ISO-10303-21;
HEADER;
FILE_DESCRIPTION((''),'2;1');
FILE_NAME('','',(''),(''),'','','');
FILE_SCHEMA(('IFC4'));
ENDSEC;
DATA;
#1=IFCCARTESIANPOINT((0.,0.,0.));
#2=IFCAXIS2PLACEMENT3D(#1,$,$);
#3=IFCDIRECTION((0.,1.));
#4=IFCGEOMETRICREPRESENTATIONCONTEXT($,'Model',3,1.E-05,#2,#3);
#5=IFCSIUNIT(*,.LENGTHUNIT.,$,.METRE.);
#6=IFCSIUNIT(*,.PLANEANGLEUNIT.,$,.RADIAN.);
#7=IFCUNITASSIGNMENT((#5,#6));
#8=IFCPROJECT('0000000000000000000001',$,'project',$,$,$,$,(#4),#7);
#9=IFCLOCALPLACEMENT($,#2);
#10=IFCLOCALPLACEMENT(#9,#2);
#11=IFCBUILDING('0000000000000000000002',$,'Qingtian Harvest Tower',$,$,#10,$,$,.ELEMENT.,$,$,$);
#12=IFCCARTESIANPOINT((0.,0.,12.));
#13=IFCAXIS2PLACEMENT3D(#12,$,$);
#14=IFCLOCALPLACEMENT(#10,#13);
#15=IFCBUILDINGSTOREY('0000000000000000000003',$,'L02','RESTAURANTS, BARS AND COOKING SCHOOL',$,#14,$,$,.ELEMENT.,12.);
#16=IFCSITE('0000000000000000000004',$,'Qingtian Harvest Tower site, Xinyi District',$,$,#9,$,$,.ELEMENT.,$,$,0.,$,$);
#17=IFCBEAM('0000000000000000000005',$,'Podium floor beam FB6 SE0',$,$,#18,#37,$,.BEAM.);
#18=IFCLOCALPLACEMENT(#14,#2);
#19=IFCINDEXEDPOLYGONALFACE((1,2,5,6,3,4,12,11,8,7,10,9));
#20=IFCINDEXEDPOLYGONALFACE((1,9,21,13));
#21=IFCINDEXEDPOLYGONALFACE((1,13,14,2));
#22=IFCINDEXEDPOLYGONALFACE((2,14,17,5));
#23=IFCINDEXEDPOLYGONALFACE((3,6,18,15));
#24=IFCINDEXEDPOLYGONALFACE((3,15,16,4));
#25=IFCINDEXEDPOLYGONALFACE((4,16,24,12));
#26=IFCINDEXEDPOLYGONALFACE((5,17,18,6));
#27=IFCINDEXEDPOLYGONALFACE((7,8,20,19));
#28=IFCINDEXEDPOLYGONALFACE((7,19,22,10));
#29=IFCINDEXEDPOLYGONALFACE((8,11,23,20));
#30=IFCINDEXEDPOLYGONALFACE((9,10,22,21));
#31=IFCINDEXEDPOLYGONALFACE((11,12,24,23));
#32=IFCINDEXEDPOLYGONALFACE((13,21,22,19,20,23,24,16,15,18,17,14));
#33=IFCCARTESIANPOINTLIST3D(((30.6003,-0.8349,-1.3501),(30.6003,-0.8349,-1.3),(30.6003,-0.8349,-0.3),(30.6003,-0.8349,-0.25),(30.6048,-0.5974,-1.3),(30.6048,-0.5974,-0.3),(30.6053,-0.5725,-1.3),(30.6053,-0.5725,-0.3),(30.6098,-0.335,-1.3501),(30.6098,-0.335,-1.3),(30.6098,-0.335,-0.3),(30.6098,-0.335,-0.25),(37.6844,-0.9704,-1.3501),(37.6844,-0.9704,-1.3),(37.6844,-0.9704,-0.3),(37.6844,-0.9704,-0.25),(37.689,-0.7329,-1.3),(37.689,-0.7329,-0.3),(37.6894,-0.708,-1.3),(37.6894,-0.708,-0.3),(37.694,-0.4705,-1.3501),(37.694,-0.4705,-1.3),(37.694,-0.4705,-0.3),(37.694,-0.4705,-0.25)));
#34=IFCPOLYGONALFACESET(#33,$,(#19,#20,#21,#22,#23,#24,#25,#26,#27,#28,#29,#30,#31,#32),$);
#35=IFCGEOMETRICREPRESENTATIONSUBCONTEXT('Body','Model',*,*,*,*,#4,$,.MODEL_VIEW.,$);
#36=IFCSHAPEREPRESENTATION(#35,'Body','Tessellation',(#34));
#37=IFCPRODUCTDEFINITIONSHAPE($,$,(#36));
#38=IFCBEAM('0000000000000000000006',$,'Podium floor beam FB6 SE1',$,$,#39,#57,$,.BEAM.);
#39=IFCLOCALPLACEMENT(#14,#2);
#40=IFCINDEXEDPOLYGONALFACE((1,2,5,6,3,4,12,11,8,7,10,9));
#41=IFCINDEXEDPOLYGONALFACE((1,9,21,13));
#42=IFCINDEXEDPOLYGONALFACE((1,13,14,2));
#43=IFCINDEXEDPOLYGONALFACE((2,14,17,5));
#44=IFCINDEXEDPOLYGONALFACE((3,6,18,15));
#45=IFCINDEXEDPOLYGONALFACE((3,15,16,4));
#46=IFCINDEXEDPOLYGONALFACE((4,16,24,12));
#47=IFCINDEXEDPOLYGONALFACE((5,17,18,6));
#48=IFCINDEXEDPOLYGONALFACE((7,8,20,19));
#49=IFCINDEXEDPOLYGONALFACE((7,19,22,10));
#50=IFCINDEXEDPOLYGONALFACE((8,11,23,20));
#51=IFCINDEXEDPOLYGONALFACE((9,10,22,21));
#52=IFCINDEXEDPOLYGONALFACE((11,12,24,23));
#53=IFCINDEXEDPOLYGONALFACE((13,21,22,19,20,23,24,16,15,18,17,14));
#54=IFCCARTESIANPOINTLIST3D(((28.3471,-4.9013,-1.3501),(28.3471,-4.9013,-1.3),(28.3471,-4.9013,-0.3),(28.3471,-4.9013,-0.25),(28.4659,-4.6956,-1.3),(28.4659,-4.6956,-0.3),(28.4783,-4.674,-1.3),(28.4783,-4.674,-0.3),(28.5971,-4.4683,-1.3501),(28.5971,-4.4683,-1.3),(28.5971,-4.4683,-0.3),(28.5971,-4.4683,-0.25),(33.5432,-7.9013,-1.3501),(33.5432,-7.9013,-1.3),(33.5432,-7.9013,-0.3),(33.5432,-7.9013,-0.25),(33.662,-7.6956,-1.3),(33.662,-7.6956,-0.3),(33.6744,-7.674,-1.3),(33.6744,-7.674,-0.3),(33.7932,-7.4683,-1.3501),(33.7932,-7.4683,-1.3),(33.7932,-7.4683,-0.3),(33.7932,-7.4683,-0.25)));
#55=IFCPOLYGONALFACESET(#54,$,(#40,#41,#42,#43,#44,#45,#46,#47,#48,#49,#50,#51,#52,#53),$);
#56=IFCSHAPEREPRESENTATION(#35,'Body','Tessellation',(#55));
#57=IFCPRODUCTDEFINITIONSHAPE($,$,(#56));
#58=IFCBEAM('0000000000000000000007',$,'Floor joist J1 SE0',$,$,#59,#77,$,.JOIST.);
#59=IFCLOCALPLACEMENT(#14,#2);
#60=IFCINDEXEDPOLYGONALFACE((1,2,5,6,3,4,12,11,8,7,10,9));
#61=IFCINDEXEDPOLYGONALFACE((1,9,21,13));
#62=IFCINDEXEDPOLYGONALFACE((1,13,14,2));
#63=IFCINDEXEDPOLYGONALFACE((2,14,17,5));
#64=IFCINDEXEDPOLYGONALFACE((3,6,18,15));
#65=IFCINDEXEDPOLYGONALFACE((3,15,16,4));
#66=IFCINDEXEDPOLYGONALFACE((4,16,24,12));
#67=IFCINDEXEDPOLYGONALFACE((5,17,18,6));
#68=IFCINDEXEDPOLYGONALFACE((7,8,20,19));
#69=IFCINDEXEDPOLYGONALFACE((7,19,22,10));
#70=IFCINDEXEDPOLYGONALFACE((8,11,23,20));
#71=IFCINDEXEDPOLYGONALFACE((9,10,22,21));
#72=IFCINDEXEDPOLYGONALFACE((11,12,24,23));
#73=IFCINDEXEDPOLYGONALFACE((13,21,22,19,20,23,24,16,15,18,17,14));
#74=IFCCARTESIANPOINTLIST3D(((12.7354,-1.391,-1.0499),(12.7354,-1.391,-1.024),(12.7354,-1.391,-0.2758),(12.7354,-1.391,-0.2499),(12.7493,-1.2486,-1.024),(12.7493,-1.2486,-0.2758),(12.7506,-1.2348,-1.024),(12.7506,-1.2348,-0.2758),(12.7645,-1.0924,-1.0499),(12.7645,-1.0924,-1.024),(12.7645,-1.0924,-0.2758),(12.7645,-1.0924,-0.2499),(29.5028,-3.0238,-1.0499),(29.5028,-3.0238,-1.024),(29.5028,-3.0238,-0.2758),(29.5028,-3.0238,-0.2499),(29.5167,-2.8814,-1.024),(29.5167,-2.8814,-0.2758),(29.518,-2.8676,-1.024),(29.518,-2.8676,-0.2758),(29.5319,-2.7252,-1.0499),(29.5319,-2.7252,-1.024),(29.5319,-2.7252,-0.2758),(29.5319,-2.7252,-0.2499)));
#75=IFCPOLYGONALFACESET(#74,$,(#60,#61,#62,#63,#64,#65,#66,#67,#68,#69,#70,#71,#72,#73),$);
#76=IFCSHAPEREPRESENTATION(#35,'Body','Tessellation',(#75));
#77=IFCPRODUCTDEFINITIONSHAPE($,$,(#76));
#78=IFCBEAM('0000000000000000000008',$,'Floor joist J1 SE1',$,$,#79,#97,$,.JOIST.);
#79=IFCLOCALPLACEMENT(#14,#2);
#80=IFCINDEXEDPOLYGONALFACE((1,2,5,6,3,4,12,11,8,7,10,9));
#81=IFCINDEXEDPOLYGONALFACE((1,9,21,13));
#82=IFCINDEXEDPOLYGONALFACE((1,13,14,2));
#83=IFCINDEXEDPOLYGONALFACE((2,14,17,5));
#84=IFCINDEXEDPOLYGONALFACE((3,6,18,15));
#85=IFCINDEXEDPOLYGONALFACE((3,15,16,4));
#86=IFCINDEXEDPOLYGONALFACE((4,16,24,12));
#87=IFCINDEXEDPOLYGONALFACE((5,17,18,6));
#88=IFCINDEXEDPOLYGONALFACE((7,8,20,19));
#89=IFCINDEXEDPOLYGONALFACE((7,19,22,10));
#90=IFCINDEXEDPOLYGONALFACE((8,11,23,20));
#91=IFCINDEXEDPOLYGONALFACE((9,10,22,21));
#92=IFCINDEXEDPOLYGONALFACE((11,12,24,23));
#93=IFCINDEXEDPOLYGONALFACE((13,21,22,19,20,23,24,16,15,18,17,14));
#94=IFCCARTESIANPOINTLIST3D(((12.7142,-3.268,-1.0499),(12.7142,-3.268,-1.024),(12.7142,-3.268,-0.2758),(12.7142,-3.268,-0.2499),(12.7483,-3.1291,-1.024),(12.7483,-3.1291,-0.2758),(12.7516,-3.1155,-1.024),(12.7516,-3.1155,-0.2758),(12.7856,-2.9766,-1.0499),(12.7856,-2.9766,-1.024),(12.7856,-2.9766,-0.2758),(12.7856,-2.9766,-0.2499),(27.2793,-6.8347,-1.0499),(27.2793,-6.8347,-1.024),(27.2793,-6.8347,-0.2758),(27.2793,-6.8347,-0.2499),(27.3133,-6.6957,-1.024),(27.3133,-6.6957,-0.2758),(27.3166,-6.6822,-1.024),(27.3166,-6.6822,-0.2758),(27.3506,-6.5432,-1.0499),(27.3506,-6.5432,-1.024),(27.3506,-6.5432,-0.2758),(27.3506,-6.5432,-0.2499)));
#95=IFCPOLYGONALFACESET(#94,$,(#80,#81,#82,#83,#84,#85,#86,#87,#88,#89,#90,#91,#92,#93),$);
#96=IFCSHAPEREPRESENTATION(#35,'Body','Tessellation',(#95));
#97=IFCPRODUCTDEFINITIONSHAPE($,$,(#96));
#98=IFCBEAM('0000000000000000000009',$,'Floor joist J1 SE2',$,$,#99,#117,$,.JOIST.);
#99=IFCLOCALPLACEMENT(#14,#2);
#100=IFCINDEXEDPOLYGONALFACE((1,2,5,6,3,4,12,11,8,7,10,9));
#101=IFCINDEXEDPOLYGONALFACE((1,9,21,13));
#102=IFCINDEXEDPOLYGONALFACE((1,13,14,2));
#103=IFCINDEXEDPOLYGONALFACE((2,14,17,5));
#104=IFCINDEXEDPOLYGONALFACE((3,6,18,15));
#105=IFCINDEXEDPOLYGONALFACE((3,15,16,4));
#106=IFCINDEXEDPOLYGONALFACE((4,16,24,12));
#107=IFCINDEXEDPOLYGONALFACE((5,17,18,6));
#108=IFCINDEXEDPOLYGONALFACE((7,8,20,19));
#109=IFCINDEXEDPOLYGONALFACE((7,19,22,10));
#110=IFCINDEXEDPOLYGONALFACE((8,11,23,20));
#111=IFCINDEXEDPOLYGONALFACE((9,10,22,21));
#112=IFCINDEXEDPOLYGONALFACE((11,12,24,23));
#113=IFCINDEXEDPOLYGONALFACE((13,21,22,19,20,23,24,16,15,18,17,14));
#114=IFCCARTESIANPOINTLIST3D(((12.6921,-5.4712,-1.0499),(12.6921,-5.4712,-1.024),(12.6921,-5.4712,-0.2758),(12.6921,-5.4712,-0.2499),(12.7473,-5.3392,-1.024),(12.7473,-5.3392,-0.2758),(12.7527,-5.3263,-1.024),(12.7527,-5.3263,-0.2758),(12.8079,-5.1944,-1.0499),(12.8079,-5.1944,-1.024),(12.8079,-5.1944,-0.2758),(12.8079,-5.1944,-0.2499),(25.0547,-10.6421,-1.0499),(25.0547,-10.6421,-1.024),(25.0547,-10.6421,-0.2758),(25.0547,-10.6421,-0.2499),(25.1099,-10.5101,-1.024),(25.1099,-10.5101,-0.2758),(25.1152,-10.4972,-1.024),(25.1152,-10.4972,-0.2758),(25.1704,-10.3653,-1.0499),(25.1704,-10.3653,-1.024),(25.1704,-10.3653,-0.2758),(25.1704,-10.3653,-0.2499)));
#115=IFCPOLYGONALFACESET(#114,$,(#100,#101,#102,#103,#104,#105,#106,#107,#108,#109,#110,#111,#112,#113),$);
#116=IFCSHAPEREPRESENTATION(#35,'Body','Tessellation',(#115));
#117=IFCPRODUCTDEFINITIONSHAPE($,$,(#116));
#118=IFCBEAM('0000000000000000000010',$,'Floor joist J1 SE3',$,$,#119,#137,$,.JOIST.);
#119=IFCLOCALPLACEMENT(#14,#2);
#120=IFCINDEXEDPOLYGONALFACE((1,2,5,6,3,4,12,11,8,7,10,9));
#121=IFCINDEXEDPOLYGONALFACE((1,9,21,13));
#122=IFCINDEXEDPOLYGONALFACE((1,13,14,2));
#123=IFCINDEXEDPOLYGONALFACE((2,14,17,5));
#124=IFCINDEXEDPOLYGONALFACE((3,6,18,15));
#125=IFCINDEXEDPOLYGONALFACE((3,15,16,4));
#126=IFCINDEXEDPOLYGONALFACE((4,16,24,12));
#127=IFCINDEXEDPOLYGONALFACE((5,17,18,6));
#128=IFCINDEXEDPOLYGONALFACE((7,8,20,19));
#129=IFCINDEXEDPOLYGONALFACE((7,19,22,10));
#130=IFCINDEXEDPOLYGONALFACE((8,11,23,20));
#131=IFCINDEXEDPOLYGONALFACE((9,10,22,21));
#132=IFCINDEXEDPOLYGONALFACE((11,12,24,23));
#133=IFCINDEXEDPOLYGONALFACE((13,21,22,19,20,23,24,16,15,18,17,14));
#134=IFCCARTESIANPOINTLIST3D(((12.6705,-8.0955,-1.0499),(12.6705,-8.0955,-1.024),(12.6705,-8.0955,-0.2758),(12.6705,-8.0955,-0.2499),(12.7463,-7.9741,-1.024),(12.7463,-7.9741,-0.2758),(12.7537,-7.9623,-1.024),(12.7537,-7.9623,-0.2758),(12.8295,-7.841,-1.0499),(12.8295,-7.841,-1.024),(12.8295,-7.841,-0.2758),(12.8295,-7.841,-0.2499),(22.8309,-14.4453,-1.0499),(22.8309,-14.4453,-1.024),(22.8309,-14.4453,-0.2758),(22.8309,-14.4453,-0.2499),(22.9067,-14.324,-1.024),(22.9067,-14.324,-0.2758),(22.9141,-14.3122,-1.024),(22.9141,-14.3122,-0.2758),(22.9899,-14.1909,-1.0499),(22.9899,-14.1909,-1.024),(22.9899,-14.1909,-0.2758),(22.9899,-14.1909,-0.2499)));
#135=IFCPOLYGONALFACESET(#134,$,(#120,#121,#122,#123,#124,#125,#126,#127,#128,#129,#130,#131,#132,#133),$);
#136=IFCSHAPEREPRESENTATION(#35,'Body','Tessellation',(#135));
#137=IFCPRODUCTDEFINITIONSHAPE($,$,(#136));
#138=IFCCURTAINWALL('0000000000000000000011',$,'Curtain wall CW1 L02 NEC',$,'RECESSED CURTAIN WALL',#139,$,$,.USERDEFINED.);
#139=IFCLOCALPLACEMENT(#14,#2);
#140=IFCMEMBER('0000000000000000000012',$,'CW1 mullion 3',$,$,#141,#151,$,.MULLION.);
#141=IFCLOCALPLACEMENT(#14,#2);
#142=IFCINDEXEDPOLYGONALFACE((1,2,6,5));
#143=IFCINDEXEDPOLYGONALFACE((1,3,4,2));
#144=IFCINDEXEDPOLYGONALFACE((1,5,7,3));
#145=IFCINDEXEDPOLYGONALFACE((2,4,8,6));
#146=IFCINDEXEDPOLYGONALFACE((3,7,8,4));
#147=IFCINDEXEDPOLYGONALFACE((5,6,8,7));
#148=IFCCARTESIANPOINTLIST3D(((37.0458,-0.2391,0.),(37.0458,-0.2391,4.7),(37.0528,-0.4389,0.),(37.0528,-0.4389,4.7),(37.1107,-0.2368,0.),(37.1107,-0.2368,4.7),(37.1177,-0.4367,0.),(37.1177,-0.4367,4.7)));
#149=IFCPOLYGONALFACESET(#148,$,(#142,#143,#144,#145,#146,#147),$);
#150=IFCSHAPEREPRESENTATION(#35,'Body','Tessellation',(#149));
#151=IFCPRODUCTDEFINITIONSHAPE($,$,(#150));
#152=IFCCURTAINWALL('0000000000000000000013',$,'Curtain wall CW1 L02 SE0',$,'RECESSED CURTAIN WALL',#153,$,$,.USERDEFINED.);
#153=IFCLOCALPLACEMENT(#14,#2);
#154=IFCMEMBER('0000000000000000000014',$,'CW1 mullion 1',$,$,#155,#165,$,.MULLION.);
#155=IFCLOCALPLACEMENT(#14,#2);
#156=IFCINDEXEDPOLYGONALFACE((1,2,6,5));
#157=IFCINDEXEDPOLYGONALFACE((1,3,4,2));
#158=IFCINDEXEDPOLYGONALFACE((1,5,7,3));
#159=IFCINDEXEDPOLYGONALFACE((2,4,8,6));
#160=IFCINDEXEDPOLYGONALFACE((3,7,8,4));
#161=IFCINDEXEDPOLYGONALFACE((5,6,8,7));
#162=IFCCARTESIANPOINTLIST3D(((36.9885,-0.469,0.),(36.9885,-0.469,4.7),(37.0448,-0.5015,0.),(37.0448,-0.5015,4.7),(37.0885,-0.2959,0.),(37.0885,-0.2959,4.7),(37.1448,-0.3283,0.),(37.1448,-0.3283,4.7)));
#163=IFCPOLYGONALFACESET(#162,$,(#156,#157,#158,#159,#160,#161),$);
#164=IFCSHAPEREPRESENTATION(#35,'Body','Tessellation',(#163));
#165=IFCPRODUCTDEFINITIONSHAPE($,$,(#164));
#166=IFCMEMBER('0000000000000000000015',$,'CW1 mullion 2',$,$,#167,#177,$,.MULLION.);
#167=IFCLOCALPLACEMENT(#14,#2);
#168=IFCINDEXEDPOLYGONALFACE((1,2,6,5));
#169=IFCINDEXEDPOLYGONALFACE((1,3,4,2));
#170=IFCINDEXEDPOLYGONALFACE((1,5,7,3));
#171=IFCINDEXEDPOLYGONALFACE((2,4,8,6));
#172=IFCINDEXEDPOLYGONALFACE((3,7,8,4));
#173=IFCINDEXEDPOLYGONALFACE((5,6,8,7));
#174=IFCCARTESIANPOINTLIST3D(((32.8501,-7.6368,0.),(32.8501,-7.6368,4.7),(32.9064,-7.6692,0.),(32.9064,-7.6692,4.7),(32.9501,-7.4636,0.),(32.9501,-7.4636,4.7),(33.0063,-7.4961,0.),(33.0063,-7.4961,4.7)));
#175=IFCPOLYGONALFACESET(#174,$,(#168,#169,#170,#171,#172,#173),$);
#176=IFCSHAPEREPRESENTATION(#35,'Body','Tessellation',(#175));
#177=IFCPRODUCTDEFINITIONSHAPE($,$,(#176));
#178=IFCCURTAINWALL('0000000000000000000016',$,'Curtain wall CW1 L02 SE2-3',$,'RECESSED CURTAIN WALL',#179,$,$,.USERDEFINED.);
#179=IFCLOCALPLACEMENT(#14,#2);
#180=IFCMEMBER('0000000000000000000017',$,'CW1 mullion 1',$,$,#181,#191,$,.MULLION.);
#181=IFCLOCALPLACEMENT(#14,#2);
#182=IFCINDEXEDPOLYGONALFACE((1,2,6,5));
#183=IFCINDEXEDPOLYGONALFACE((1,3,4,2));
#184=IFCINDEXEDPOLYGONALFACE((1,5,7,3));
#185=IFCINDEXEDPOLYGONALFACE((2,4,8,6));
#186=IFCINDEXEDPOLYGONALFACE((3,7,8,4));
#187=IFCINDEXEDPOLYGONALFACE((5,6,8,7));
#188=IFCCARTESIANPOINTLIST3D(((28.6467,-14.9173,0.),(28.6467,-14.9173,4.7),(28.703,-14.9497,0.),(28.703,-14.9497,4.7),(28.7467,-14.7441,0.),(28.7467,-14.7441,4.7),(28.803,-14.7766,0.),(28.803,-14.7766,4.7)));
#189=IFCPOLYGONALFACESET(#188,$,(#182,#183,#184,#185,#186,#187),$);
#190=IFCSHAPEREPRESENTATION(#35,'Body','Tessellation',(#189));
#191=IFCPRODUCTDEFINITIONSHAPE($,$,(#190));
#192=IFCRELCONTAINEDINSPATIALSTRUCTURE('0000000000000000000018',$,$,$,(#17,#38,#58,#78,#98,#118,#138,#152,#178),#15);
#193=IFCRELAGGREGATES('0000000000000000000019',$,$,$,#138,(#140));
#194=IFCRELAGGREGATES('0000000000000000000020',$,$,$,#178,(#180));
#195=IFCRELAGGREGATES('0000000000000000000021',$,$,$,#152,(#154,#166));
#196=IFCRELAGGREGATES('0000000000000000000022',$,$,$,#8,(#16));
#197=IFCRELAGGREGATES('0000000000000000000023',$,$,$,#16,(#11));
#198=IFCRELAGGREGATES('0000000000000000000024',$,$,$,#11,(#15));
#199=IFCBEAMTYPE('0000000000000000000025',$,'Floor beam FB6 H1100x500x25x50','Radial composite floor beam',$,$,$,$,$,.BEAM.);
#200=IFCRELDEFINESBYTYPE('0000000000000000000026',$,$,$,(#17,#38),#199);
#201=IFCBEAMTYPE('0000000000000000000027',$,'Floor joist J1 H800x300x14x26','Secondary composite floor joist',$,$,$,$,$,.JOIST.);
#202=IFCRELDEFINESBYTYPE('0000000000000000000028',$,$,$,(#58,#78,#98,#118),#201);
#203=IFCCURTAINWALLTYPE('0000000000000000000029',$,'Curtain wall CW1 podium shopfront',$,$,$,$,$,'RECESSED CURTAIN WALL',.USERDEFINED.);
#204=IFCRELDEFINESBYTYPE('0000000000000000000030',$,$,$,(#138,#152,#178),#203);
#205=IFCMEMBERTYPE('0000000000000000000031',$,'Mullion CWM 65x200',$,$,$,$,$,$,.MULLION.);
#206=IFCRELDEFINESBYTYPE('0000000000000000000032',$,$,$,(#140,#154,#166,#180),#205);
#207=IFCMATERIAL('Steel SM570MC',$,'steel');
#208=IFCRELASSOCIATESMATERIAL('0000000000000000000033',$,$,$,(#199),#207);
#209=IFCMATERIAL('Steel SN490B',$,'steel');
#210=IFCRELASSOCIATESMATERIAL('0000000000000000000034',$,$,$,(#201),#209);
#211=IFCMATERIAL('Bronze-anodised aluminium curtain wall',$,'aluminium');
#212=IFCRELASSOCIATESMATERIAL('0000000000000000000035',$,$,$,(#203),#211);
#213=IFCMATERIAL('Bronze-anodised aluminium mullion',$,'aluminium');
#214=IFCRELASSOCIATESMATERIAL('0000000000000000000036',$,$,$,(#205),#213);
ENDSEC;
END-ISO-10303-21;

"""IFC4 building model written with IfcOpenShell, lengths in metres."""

from ifc_helpers import new_model, si_unit, direction, frame, origin, origin_2d, place, context, subcontext, project, spatial, rectangle, i_section, extrude, material, material_profile, profile_set, type_object, element, aggregate, save


model = new_model("IFC4")

# Units and contexts
model_context = context("Model", 3, precision=1e-05, world=origin(), true_north=direction((0.0, 1.0)))
body_context = subcontext(model_context, "Body", "Model", "MODEL_VIEW")
ifc_project = project(units=[si_unit("LENGTHUNIT", "METRE"), si_unit("PLANEANGLEUNIT", "RADIAN")], contexts=[model_context])

# Site, building, storey
site_placement = place(None, origin())
site = spatial("IfcSite", under=ifc_project, at=site_placement, Name="Qingtian Harvest Tower site, Xinyi District", CompositionType="ELEMENT", RefElevation=0.0)
building_placement = place(site_placement, origin())
building = spatial("IfcBuilding", under=site, at=building_placement, Name="Qingtian Harvest Tower", CompositionType="ELEMENT")
storey_placement = place(building_placement, frame((0.0, 0.0, 12.0)))
storey = spatial("IfcBuildingStorey", under=building, at=storey_placement, Name="L02", Description="RESTAURANTS, BARS AND COOKING SCHOOL", CompositionType="ELEMENT", Elevation=12.0)

# Beams
ifc_material_1 = material(Name="Steel SM570MC", Category="steel")
ifc_material_profile_1 = material_profile(ifc_material_1, i_section(OverallWidth=0.5, OverallDepth=1.1001, WebThickness=0.0249, FlangeThickness=0.05, at=origin_2d()), Name="H1100x500x25x50")
ifc_profile_set_1 = profile_set([ifc_material_profile_1], Name="Steel SM570MC")
beam_type_1 = type_object("IfcBeamType", Name="Floor beam FB6 H1100x500x25x50", Description="Radial composite floor beam", PredefinedType="BEAM", material=ifc_profile_set_1)
beam_1_placement = place(storey_placement, frame((37.6892, -0.7205, -0.8), z_axis=(-0.999817, 0.019123, 0.0), x_axis=(-0.019123, -0.999817, 0.0)))
element("IfcBeam", 1, at=beam_1_placement, inside=storey, type_object=beam_type_1, Name="Podium floor beam FB6 SE0", PredefinedType="BEAM", context=body_context, shape_type="SweptSolid", body=[
    extrude(i_section(OverallWidth=0.5, OverallDepth=1.1001, WebThickness=0.0249, FlangeThickness=0.05, at=origin_2d()), origin(), (0.0, 0.0, 1.0), 7.0854),
])
beam_2_placement = place(storey_placement, frame((33.6682, -7.6848, -0.8), z_axis=(-0.866021, 0.500008, 0.0), x_axis=(-0.500008, -0.866021, 0.0)))
element("IfcBeam", 2, at=beam_2_placement, inside=storey, type_object=beam_type_1, Name="Podium floor beam FB6 SE1", PredefinedType="BEAM", context=body_context, shape_type="SweptSolid", body=[
    extrude(i_section(OverallWidth=0.5, OverallDepth=1.1001, WebThickness=0.0249, FlangeThickness=0.05, at=origin_2d()), origin(), (0.0, 0.0, 1.0), 6.0),
])
ifc_material_2 = material(Name="Steel SN490B", Category="steel")
ifc_material_profile_2 = material_profile(ifc_material_2, i_section(OverallWidth=0.3, OverallDepth=0.8, WebThickness=0.0139, FlangeThickness=0.0259, at=origin_2d()), Name="H800x300x14x26")
ifc_profile_set_2 = profile_set([ifc_material_profile_2], Name="Steel SN490B")
beam_type_2 = type_object("IfcBeamType", Name="Floor joist J1 H800x300x14x26", Description="Secondary composite floor joist", PredefinedType="JOIST", material=ifc_profile_set_2)
beam_3_placement = place(storey_placement, frame((29.5173, -2.8745, -0.6499), z_axis=(-0.995292, 0.096922, 0.0), x_axis=(-0.096922, -0.995292, 0.0)))
element("IfcBeam", 3, at=beam_3_placement, inside=storey, type_object=beam_type_2, Name="Floor joist J1 SE0", PredefinedType="JOIST", context=body_context, shape_type="SweptSolid", body=[
    extrude(i_section(OverallWidth=0.3, OverallDepth=0.8, WebThickness=0.0139, FlangeThickness=0.0259, at=origin_2d()), origin(), (0.0, 0.0, 1.0), 16.8467),
])
beam_4_placement = place(storey_placement, frame((27.3149, -6.689, -0.6499), z_axis=(-0.971302, 0.237851, 0.0), x_axis=(-0.237851, -0.971302, 0.0)))
element("IfcBeam", 4, at=beam_4_placement, inside=storey, type_object=beam_type_2, Name="Floor joist J1 SE1", PredefinedType="JOIST", context=body_context, shape_type="SweptSolid", body=[
    extrude(i_section(OverallWidth=0.3, OverallDepth=0.8, WebThickness=0.0139, FlangeThickness=0.0259, at=origin_2d()), origin(), (0.0, 0.0, 1.0), 14.9954),
])
beam_5_placement = place(storey_placement, frame((25.1125, -10.5037, -0.6499), z_axis=(-0.922551, 0.385876, 0.0), x_axis=(-0.385876, -0.922551, 0.0)))
element("IfcBeam", 5, at=beam_5_placement, inside=storey, type_object=beam_type_2, Name="Floor joist J1 SE2", PredefinedType="JOIST", context=body_context, shape_type="SweptSolid", body=[
    extrude(i_section(OverallWidth=0.3, OverallDepth=0.8, WebThickness=0.0139, FlangeThickness=0.0259, at=origin_2d()), origin(), (0.0, 0.0, 1.0), 13.4004),
])
beam_6_placement = place(storey_placement, frame((22.9104, -14.3181, -0.6499), z_axis=(-0.848013, 0.529975, 0.0), x_axis=(-0.529975, -0.848013, 0.0)))
element("IfcBeam", 6, at=beam_6_placement, inside=storey, type_object=beam_type_2, Name="Floor joist J1 SE3", PredefinedType="JOIST", context=body_context, shape_type="SweptSolid", body=[
    extrude(i_section(OverallWidth=0.3, OverallDepth=0.8, WebThickness=0.0139, FlangeThickness=0.0259, at=origin_2d()), origin(), (0.0, 0.0, 1.0), 11.9814),
])

# Curtain wall, member
ifc_material_3 = material(Name="Bronze-anodised aluminium curtain wall", Category="aluminium")
curtain_wall_type = type_object("IfcCurtainWallType", Name="Curtain wall CW1 podium shopfront", ElementType="RECESSED CURTAIN WALL", PredefinedType="USERDEFINED", material=ifc_material_3)
curtain_wall_1_placement = place(storey_placement, origin())
curtain_wall_1 = element("IfcCurtainWall", 7, at=curtain_wall_1_placement, inside=storey, type_object=curtain_wall_type, Name="Curtain wall CW1 L02 NEC", ObjectType="RECESSED CURTAIN WALL", PredefinedType="USERDEFINED")
ifc_material_4 = material(Name="Bronze-anodised aluminium mullion", Category="aluminium")
ifc_material_profile_3 = material_profile(ifc_material_4, rectangle(XDim=0.0649, YDim=0.2, at=origin_2d()), Name="AL 65x200")
ifc_profile_set_3 = profile_set([ifc_material_profile_3], Name="Bronze-anodised aluminium mullion")
member_type_1 = type_object("IfcMemberType", Name="Mullion CWM 65x200", PredefinedType="MULLION", material=ifc_profile_set_3)
member_1_placement = place(storey_placement, frame((37.0818, -0.3379, 0.0), z_axis=(0.0, 0.0, 1.0), x_axis=(0.999391, 0.034899, 0.0)))
member_1 = element("IfcMember", 8, at=member_1_placement, type_object=member_type_1, Name="CW1 mullion 3", PredefinedType="MULLION", context=body_context, shape_type="SweptSolid", body=[
    extrude(rectangle(XDim=0.0649, YDim=0.2, at=origin_2d()), origin(), (0.0, 0.0, 1.0), 4.7),
])
aggregate(curtain_wall_1, [member_1])

# Curtain wall, members
curtain_wall_2_placement = place(storey_placement, origin())
curtain_wall_2 = element("IfcCurtainWall", 9, at=curtain_wall_2_placement, inside=storey, type_object=curtain_wall_type, Name="Curtain wall CW1 L02 SE0", ObjectType="RECESSED CURTAIN WALL", PredefinedType="USERDEFINED")
member_2_placement = place(storey_placement, frame((37.0667, -0.3987, 0.0), z_axis=(0.0, 0.0, 1.0), x_axis=(0.866025, -0.5, 0.0)))
member_2 = element("IfcMember", 10, at=member_2_placement, type_object=member_type_1, Name="CW1 mullion 1", PredefinedType="MULLION", context=body_context, shape_type="SweptSolid", body=[
    extrude(rectangle(XDim=0.0649, YDim=0.2, at=origin_2d()), origin(), (0.0, 0.0, 1.0), 4.7),
])
member_3_placement = place(storey_placement, frame((32.9282, -7.5664, 0.0), z_axis=(0.0, 0.0, 1.0), x_axis=(0.866025, -0.5, 0.0)))
member_3 = element("IfcMember", 11, at=member_3_placement, type_object=member_type_1, Name="CW1 mullion 2", PredefinedType="MULLION", context=body_context, shape_type="SweptSolid", body=[
    extrude(rectangle(XDim=0.0649, YDim=0.2, at=origin_2d()), origin(), (0.0, 0.0, 1.0), 4.7),
])

# Curtain wall, member
curtain_wall_3_placement = place(storey_placement, origin())
curtain_wall_3 = element("IfcCurtainWall", 12, at=curtain_wall_3_placement, inside=storey, type_object=curtain_wall_type, Name="Curtain wall CW1 L02 SE2-3", ObjectType="RECESSED CURTAIN WALL", PredefinedType="USERDEFINED")
member_4_placement = place(storey_placement, frame((28.7249, -14.8469, 0.0), z_axis=(0.0, 0.0, 1.0), x_axis=(0.866025, -0.5, 0.0)))
member_4 = element("IfcMember", 13, at=member_4_placement, type_object=member_type_1, Name="CW1 mullion 1", PredefinedType="MULLION", context=body_context, shape_type="SweptSolid", body=[
    extrude(rectangle(XDim=0.0649, YDim=0.2, at=origin_2d()), origin(), (0.0, 0.0, 1.0), 4.7),
])

aggregate(curtain_wall_3, [member_4])

aggregate(curtain_wall_2, [member_2, member_3])

save(model, "model.ifc")
